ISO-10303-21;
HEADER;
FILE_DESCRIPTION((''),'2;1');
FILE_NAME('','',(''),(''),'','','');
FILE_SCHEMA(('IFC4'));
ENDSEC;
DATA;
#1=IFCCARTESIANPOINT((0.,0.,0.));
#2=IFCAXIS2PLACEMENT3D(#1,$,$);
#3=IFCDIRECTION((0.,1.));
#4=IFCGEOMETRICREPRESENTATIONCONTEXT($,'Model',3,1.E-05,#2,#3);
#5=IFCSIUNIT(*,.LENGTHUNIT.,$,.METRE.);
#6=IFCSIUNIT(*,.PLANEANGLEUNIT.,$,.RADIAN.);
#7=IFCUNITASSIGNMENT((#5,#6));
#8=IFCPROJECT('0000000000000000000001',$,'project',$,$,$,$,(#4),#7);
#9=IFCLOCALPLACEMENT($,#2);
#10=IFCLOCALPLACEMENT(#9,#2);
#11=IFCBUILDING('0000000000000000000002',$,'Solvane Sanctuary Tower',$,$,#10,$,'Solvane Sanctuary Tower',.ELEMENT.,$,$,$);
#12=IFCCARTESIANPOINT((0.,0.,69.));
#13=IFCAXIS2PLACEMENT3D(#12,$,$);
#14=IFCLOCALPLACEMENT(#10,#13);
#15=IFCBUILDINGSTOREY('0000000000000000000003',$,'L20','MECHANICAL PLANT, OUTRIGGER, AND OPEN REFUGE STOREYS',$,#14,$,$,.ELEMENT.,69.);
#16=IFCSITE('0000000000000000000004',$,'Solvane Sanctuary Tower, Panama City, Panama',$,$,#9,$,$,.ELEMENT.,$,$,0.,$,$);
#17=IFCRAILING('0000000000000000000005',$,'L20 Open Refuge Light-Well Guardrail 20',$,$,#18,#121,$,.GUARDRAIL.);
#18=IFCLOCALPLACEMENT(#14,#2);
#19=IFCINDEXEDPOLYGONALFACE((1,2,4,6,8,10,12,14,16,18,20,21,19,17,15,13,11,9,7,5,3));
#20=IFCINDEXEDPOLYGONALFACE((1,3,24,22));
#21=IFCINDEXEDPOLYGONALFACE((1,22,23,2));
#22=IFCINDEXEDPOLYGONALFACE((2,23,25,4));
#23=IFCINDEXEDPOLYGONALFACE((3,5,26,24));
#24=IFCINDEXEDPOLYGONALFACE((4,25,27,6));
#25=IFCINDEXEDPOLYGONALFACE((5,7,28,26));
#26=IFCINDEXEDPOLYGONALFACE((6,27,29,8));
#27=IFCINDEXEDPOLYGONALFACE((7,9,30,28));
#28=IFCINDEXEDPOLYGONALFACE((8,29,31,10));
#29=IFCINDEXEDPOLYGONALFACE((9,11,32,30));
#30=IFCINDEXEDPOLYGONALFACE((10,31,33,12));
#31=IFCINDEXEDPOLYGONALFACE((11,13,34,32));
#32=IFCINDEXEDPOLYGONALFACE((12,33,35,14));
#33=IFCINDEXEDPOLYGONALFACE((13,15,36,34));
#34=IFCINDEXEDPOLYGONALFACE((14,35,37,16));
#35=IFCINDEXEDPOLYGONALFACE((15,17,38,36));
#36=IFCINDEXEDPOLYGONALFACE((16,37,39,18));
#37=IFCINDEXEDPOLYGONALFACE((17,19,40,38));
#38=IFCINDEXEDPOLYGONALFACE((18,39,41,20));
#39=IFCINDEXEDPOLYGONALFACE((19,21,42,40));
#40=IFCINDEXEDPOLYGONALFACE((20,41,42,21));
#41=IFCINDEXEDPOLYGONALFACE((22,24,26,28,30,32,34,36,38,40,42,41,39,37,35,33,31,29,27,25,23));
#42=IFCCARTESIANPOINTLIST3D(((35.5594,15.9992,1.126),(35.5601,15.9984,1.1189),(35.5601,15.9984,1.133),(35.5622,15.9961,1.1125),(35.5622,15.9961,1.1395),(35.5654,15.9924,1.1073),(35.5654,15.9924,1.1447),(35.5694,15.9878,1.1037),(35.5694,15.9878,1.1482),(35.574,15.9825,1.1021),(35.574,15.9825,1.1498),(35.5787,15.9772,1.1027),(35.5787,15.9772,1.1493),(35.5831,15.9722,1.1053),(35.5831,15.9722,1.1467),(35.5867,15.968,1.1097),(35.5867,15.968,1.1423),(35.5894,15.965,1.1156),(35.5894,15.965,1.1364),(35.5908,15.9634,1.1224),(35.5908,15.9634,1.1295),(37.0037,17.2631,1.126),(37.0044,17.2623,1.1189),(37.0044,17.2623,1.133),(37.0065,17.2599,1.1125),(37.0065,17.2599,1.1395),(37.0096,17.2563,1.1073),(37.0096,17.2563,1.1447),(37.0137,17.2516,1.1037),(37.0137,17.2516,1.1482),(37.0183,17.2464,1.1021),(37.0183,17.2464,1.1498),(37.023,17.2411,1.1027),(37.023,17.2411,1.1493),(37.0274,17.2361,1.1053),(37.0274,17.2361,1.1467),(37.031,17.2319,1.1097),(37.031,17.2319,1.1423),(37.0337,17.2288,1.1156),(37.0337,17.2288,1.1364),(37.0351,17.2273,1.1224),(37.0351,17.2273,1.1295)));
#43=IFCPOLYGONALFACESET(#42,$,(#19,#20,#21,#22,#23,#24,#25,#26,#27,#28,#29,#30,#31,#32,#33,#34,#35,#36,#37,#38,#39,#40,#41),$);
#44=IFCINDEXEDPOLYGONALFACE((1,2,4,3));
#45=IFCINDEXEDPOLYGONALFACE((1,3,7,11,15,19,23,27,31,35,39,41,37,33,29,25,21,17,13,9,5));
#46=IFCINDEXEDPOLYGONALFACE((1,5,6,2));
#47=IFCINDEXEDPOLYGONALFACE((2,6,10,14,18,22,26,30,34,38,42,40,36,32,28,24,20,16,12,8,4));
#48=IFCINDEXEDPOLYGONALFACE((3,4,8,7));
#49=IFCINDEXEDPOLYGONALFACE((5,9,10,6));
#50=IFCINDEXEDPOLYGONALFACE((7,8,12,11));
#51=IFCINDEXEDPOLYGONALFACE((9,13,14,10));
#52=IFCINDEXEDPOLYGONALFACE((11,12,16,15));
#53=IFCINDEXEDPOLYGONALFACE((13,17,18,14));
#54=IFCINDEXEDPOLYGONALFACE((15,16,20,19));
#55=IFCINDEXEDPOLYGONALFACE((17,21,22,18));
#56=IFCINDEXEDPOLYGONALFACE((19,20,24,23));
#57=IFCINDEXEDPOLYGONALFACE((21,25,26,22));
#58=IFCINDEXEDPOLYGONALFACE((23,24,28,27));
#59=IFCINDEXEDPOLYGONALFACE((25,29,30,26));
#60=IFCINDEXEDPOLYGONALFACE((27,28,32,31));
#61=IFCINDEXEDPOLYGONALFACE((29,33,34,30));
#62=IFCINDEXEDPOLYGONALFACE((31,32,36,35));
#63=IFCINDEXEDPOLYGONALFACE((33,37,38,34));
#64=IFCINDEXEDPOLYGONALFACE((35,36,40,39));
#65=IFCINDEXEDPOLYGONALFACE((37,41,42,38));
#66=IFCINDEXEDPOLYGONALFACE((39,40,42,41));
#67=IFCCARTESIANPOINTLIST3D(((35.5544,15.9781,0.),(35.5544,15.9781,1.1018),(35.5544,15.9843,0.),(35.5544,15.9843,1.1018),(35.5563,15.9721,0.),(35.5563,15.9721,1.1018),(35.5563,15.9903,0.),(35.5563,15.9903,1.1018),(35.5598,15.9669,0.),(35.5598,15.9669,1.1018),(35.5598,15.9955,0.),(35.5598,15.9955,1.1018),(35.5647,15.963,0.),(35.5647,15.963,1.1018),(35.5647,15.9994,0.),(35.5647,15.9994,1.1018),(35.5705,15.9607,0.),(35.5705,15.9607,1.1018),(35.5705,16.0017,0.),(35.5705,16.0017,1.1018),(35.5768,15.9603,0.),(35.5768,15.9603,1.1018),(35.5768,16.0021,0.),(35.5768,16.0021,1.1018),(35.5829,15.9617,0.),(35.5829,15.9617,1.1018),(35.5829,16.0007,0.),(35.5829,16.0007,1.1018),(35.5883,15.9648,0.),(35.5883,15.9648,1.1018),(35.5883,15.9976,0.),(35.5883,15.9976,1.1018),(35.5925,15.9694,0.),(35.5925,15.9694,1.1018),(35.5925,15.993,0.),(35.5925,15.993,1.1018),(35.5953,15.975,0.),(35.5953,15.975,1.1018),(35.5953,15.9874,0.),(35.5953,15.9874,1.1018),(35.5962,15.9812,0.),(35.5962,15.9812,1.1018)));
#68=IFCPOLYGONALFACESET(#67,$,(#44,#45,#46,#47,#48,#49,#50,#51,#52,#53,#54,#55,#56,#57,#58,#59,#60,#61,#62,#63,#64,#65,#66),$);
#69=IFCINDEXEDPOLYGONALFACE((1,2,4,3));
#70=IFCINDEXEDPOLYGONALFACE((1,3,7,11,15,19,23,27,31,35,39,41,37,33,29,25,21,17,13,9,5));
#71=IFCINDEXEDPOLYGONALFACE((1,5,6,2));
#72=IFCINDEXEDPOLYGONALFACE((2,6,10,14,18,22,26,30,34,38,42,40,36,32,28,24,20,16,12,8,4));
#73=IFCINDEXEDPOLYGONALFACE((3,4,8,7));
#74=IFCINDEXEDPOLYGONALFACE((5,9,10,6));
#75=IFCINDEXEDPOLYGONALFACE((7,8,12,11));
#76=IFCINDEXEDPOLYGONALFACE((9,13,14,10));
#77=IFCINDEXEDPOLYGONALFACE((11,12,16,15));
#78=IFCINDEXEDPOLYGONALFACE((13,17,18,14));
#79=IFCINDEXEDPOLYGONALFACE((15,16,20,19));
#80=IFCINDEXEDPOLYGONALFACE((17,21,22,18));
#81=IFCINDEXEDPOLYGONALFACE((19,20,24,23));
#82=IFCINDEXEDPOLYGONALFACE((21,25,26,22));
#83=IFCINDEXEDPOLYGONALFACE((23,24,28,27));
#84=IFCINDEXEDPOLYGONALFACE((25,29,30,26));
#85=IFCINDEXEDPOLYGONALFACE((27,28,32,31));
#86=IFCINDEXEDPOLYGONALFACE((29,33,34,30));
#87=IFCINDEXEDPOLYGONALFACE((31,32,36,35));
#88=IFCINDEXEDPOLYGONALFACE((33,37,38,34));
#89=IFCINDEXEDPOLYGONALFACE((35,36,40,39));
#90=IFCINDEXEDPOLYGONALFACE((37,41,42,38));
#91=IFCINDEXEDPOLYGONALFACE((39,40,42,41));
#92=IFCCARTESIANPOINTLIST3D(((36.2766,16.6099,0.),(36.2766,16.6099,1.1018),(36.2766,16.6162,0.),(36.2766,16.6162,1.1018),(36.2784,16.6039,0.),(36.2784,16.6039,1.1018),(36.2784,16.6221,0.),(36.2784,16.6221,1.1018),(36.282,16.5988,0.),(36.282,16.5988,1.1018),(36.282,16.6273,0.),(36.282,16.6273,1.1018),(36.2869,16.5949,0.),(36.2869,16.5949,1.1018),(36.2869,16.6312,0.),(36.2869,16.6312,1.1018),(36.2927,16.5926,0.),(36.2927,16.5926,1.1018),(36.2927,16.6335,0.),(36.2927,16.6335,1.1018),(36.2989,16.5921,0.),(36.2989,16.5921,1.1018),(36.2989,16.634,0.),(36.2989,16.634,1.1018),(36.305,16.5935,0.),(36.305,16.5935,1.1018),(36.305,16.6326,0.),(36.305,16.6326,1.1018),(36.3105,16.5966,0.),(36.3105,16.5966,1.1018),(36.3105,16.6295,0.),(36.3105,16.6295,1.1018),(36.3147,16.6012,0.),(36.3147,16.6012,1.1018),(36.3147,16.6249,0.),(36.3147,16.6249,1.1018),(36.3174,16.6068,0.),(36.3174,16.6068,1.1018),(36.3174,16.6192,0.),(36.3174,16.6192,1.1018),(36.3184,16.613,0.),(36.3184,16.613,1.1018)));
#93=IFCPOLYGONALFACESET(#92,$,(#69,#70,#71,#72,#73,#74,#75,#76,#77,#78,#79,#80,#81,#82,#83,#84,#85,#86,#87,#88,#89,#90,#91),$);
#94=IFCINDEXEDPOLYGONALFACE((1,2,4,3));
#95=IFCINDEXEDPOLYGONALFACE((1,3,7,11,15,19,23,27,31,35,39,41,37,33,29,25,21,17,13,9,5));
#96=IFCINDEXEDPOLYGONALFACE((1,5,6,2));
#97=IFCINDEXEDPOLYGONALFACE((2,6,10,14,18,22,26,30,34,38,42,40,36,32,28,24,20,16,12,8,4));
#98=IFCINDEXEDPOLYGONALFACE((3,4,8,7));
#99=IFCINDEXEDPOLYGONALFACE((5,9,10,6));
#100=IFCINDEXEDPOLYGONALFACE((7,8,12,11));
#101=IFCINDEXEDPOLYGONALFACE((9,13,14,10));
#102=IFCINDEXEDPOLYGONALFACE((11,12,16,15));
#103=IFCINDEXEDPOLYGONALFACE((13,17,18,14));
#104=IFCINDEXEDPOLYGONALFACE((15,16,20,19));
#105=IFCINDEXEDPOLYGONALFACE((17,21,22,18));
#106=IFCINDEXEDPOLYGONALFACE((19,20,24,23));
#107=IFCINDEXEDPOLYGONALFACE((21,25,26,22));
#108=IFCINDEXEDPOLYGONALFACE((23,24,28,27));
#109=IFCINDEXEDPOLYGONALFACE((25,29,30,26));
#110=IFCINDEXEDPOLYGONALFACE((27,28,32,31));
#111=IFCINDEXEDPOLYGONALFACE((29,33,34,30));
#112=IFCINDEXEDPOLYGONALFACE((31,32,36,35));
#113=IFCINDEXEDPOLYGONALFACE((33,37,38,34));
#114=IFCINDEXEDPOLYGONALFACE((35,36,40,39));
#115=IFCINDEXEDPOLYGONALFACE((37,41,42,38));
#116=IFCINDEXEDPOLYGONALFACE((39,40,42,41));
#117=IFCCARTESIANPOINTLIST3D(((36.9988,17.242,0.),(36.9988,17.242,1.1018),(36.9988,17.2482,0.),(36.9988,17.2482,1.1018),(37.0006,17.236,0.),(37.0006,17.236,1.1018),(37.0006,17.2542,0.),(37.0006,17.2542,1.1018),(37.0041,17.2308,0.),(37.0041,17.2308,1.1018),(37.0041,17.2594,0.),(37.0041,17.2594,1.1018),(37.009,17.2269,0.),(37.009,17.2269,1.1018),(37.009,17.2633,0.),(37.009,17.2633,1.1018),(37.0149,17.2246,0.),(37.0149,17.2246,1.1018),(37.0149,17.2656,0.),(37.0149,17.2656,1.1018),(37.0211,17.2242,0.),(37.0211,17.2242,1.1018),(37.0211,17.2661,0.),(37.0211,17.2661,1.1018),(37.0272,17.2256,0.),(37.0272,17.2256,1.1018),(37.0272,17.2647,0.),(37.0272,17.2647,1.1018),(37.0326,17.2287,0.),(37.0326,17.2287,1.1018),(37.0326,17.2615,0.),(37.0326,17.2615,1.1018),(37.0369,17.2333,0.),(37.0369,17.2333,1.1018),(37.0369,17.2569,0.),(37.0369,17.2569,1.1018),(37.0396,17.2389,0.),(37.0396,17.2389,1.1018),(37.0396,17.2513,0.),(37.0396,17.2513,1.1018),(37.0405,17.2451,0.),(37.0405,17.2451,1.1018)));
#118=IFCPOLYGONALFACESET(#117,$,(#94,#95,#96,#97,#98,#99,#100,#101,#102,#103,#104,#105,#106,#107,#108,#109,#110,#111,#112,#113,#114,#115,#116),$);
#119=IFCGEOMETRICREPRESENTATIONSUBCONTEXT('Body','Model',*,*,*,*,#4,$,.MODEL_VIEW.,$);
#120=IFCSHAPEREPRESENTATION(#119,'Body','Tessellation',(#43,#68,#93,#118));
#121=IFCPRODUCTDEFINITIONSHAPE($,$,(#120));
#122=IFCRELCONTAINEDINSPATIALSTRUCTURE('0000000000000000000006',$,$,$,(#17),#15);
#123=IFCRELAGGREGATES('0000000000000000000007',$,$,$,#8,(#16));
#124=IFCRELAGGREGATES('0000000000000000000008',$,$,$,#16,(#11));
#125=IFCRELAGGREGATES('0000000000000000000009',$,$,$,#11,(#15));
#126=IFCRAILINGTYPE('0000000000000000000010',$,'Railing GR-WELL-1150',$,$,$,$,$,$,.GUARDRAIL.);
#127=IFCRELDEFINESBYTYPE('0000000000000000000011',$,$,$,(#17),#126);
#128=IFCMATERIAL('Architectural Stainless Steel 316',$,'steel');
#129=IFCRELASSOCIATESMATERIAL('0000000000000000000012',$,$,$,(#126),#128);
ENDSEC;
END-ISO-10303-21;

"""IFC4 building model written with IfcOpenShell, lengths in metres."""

from ifc_helpers import new_model, si_unit, direction, frame, origin, origin_2d, place, context, subcontext, project, spatial, circle, extrude, material, type_object, element, save


model = new_model("IFC4")

# Units and contexts
model_context = context("Model", 3, precision=1e-05, world=origin(), true_north=direction((0.0, 1.0)))
body_context = subcontext(model_context, "Body", "Model", "MODEL_VIEW")
ifc_project = project(units=[si_unit("LENGTHUNIT", "METRE"), si_unit("PLANEANGLEUNIT", "RADIAN")], contexts=[model_context])

# Site, building, storey
site_placement = place(None, origin())
site = spatial("IfcSite", under=ifc_project, at=site_placement, Name="Solvane Sanctuary Tower, Panama City, Panama", CompositionType="ELEMENT", RefElevation=0.0)
building_placement = place(site_placement, origin())
building = spatial("IfcBuilding", under=site, at=building_placement, Name="Solvane Sanctuary Tower", LongName="Solvane Sanctuary Tower", CompositionType="ELEMENT")
storey_placement = place(building_placement, frame((0.0, 0.0, 69.0)))
storey = spatial("IfcBuildingStorey", under=building, at=storey_placement, Name="L20", Description="MECHANICAL PLANT, OUTRIGGER, AND OPEN REFUGE STOREYS", CompositionType="ELEMENT", Elevation=69.0)

# Shared definitions
ifc_material_1 = material(Name="Architectural Stainless Steel 316", Category="steel")

# Railing
railing_type_1 = type_object("IfcRailingType", Name="Railing GR-WELL-1150", PredefinedType="GUARDRAIL", material=ifc_material_1)
railing_1_placement = place(storey_placement, frame((35.5752, 15.9812, 0.0)))
element("IfcRailing", 1, at=railing_1_placement, inside=storey, type_object=railing_type_1, Name="L20 Open Refuge Light-Well Guardrail 20", PredefinedType="GUARDRAIL", context=body_context, shape_type="SweptSolid", body=[
    extrude(circle(Radius=0.0239, at=origin_2d()), frame((0.0, 0.0, 1.126), z_axis=(0.752545, 0.658541, 0.0), x_axis=(-0.658541, 0.752545, 0.0)), (0.0, 0.0, 1.0), 1.9192),
    extrude(circle(Radius=0.021, at=origin_2d()), origin(), (0.0, 0.0, 1.0), 1.1018),
    extrude(circle(Radius=0.021, at=origin_2d()), frame((0.7222, 0.6318, 0.0)), (0.0, 0.0, 1.0), 1.1018),
    extrude(circle(Radius=0.021, at=origin_2d()), frame((1.4443, 1.2639, 0.0)), (0.0, 0.0, 1.0), 1.1018),
])

save(model, "model.ifc")
